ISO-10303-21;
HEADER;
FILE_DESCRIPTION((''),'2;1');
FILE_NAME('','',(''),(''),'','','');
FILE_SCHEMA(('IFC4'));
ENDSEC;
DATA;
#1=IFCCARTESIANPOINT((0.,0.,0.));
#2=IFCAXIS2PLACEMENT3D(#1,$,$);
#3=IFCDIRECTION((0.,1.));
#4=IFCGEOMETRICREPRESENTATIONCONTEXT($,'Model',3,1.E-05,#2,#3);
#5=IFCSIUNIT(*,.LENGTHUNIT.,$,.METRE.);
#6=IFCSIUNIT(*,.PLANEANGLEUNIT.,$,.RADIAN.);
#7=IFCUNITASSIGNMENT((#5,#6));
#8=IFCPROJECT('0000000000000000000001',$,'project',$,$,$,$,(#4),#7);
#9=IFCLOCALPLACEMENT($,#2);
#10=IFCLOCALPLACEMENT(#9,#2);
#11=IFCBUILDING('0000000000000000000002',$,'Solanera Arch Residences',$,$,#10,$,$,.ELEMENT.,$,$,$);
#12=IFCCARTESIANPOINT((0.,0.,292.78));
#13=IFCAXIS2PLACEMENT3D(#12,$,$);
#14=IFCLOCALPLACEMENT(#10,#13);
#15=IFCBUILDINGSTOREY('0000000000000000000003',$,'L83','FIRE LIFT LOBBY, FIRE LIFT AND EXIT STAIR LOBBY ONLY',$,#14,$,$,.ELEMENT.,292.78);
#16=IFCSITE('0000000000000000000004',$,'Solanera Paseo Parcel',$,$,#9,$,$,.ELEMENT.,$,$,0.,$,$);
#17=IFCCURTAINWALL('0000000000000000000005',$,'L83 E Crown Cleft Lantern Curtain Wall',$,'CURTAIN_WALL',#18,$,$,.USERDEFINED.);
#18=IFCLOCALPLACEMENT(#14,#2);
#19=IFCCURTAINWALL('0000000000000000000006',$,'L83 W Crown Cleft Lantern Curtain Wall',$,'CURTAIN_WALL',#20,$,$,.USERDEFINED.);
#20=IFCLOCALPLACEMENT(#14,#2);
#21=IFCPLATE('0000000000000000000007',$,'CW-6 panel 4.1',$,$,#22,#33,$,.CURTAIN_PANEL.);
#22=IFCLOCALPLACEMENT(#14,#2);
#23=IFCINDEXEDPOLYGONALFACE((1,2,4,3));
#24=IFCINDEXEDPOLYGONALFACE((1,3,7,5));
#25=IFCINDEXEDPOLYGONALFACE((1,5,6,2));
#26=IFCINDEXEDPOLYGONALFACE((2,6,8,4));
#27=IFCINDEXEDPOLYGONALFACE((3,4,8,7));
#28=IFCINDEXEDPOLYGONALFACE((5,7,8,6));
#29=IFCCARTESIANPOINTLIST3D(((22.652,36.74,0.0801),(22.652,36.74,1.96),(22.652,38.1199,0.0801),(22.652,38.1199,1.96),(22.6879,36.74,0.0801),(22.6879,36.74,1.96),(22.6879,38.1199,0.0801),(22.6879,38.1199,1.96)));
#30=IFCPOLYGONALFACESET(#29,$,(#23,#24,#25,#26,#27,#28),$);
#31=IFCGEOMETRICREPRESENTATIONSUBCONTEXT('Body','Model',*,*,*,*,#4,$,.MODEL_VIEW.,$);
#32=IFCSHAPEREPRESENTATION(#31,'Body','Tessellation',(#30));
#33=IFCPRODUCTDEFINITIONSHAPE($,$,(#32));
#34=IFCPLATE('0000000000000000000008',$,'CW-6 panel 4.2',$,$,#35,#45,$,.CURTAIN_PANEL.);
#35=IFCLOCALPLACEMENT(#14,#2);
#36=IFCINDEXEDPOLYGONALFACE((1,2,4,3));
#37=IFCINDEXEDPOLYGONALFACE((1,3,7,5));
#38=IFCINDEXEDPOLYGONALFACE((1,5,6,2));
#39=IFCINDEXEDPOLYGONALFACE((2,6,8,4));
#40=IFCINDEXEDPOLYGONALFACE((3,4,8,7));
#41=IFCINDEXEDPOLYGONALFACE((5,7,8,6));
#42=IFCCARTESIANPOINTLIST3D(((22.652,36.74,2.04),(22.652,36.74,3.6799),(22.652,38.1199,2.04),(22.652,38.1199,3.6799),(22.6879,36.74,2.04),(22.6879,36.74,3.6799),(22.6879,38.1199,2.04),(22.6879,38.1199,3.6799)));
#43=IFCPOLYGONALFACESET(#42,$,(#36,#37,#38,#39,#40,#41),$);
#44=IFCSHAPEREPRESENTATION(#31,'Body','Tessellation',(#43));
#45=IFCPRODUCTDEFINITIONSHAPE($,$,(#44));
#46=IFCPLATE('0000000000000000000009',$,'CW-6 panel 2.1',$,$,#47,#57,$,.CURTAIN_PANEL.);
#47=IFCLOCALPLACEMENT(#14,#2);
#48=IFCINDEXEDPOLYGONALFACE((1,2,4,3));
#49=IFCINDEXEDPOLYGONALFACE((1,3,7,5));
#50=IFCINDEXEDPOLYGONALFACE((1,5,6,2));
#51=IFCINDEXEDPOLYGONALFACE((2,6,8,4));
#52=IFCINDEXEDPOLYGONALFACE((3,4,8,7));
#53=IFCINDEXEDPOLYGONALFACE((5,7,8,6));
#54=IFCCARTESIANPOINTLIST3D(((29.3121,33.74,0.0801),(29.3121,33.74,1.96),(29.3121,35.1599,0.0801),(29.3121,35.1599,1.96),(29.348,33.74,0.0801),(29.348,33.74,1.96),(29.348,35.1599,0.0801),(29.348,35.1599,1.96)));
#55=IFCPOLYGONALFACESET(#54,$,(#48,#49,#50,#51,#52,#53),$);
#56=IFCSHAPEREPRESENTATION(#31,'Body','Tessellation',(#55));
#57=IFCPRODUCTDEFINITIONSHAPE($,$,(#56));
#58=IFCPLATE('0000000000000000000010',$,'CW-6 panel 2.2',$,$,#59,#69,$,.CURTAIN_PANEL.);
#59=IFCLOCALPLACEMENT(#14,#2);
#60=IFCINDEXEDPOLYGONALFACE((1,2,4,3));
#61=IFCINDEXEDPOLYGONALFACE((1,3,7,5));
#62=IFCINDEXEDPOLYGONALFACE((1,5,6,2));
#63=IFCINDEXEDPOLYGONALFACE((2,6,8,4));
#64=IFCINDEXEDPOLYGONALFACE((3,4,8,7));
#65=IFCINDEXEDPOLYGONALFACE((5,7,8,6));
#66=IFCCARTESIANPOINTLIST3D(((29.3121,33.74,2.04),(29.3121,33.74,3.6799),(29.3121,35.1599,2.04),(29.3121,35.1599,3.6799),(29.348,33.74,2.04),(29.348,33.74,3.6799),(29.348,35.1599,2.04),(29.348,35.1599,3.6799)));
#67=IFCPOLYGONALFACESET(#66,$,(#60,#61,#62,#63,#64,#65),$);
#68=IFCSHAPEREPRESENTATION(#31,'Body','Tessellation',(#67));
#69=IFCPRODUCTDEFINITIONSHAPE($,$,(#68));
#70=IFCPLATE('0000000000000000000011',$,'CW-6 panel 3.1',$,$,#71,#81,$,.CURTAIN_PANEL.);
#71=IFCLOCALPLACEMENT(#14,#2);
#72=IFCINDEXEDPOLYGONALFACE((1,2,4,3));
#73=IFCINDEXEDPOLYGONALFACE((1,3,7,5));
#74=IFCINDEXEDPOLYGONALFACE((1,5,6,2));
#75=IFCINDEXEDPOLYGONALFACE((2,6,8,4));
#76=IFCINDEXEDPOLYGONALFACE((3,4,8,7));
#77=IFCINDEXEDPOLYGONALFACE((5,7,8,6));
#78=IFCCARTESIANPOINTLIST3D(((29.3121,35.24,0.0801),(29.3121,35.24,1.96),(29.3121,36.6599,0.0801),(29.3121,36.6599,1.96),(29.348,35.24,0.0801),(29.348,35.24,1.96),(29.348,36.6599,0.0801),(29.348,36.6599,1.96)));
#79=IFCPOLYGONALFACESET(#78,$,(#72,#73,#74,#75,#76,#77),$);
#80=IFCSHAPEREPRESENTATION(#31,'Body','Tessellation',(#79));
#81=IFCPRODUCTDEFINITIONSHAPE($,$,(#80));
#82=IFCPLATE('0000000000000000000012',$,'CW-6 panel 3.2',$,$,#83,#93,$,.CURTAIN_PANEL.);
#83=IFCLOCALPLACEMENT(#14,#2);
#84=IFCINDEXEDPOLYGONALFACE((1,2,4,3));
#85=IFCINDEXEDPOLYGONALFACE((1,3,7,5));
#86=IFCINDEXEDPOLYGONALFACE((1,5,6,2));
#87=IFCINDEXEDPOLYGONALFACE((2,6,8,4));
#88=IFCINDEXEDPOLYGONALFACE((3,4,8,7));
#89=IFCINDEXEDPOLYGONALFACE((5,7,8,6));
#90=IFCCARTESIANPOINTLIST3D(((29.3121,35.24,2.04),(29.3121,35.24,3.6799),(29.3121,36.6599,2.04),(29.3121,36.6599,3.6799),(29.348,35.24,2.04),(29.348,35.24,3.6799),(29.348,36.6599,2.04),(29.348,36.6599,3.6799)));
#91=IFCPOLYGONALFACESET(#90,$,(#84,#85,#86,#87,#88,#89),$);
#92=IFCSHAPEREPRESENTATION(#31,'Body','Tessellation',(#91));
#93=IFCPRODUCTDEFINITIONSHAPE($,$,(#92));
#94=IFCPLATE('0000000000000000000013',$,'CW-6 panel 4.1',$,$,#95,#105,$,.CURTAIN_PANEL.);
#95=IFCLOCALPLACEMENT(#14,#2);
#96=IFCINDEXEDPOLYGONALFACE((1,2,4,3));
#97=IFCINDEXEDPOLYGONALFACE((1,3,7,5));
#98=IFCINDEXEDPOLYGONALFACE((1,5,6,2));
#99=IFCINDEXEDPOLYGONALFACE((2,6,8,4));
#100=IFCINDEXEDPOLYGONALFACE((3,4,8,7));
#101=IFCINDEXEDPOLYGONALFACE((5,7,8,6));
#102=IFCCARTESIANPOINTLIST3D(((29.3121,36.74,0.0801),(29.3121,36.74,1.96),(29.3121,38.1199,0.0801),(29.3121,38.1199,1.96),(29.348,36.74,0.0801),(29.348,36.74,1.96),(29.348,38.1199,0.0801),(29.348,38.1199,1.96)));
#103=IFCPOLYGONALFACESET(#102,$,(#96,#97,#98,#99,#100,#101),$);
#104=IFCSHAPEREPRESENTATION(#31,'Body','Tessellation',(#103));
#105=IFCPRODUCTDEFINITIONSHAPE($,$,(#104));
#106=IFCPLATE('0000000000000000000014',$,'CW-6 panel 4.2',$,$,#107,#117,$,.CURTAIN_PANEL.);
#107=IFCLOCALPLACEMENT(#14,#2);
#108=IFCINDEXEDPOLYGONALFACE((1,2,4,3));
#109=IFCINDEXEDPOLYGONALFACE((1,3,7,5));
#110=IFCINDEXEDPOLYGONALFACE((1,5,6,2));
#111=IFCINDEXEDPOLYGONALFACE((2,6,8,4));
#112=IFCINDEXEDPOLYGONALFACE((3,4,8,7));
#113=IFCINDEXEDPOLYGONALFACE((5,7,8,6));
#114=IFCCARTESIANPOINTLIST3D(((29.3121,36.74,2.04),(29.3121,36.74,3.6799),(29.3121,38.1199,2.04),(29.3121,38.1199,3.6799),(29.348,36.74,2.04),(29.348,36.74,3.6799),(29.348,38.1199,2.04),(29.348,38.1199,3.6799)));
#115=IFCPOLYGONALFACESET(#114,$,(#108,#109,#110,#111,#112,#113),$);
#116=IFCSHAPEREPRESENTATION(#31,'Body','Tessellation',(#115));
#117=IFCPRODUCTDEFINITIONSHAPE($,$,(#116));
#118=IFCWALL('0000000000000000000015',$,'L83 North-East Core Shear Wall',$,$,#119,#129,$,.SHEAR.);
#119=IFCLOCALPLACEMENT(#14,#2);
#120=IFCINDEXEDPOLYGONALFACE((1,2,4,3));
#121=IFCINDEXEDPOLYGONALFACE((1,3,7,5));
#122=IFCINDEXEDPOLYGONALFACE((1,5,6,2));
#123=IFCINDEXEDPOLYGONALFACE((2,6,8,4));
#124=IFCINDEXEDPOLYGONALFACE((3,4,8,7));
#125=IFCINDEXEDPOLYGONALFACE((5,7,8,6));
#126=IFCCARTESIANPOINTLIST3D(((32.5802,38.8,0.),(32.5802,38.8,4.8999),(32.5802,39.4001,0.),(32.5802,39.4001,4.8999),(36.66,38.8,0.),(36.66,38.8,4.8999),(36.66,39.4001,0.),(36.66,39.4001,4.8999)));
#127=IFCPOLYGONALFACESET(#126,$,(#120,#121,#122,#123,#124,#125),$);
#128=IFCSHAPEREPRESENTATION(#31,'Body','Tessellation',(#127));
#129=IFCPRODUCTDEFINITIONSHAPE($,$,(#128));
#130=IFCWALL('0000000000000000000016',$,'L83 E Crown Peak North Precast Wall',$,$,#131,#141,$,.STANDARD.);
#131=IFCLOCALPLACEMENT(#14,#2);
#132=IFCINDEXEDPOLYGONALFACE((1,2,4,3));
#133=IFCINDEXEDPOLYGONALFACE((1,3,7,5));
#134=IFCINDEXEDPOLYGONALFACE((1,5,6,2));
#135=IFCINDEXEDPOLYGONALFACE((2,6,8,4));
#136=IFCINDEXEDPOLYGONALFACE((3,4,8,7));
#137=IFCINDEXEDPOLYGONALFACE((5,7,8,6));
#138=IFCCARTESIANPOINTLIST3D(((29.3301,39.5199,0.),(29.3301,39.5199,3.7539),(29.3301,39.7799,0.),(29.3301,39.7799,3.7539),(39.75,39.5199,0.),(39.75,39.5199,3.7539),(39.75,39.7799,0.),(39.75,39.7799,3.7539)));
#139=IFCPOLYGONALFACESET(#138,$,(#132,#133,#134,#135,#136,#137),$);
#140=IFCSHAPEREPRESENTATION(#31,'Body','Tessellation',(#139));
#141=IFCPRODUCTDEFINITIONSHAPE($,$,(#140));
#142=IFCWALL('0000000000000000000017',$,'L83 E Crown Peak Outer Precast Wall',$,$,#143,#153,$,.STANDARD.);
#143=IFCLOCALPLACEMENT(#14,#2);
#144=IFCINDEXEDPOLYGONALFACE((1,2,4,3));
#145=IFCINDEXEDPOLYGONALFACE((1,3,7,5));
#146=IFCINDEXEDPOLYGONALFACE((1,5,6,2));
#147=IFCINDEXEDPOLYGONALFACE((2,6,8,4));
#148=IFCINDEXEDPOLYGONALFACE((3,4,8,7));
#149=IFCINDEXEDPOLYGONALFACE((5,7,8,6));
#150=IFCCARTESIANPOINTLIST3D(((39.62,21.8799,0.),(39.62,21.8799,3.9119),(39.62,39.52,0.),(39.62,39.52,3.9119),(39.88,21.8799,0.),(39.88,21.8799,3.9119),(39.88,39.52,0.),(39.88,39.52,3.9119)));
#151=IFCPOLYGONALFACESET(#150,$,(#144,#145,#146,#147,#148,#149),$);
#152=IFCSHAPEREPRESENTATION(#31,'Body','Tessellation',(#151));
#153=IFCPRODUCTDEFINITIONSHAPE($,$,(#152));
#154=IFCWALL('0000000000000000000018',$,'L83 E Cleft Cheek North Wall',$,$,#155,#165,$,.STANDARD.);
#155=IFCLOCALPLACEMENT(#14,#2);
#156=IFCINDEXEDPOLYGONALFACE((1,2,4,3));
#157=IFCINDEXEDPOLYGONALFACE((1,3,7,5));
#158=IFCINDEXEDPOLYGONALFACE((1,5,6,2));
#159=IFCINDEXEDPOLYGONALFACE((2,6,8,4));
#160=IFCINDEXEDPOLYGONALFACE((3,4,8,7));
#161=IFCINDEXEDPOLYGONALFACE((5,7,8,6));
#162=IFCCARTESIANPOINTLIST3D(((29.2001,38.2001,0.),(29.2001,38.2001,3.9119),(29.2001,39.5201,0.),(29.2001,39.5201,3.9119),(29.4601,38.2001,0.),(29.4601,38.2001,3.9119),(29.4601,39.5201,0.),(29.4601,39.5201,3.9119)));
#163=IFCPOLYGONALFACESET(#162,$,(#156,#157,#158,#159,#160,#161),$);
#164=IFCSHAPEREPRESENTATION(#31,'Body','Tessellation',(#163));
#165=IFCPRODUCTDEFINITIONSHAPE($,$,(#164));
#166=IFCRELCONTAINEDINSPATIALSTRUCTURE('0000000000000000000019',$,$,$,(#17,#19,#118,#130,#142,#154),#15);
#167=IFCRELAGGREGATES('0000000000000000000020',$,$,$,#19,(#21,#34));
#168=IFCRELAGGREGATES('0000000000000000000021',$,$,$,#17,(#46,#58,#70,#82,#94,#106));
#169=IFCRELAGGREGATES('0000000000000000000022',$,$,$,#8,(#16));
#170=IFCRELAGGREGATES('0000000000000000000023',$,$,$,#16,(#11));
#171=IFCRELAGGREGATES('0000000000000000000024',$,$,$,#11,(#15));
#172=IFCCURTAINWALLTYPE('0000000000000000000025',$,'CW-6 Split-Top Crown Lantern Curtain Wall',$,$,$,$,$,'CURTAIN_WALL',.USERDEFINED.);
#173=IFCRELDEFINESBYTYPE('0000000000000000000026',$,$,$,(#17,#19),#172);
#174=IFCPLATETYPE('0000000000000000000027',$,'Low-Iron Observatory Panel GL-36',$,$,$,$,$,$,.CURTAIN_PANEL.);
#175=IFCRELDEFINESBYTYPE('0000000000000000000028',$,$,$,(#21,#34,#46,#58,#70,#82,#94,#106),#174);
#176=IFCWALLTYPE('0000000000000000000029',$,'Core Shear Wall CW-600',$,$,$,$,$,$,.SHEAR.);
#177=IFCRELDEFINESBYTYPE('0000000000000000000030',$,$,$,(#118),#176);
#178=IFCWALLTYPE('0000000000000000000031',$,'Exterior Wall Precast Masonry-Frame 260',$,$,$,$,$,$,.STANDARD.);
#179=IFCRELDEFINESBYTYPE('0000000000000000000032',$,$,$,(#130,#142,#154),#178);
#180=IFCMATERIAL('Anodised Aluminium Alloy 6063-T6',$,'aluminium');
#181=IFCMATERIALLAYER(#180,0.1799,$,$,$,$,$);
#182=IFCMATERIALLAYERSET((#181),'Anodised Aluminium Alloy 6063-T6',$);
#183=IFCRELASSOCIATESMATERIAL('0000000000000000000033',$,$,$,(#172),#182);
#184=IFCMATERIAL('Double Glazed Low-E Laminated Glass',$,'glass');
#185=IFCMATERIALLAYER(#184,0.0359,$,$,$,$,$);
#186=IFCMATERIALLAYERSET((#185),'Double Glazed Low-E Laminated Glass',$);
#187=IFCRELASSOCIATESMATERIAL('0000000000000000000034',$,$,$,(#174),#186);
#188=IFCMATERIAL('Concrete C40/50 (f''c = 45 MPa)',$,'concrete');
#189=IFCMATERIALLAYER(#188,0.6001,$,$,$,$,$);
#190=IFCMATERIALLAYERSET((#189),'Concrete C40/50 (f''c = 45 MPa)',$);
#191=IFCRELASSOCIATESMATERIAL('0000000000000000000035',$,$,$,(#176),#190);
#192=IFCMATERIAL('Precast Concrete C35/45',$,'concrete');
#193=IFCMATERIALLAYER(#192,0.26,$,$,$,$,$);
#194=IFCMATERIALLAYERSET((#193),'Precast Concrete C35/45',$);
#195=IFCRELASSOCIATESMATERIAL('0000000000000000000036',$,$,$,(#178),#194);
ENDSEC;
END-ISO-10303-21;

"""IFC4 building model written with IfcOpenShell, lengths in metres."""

from ifc_helpers import new_model, si_unit, direction, frame, frame_2d, origin, origin_2d, place, context, subcontext, project, spatial, rectangle, extrude, material, layer, layer_set, type_object, element, aggregate, save


model = new_model("IFC4")

# Units and contexts
model_context = context("Model", 3, precision=1e-05, world=origin(), true_north=direction((0.0, 1.0)))
body_context = subcontext(model_context, "Body", "Model", "MODEL_VIEW")
ifc_project = project(units=[si_unit("LENGTHUNIT", "METRE"), si_unit("PLANEANGLEUNIT", "RADIAN")], contexts=[model_context])

# Site, building, storey
site_placement = place(None, origin())
site = spatial("IfcSite", under=ifc_project, at=site_placement, Name="Solanera Paseo Parcel", CompositionType="ELEMENT", RefElevation=0.0)
building_placement = place(site_placement, origin())
building = spatial("IfcBuilding", under=site, at=building_placement, Name="Solanera Arch Residences", CompositionType="ELEMENT")
storey_placement = place(building_placement, frame((0.0, 0.0, 292.78)))
storey = spatial("IfcBuildingStorey", under=building, at=storey_placement, Name="L83", Description="FIRE LIFT LOBBY, FIRE LIFT AND EXIT STAIR LOBBY ONLY", CompositionType="ELEMENT", Elevation=292.78)

# Curtain walls
ifc_material_1 = material(Name="Anodised Aluminium Alloy 6063-T6", Category="aluminium")
ifc_layer_1 = layer(ifc_material_1, 0.1799)
ifc_layer_set_1 = layer_set([ifc_layer_1], Name="Anodised Aluminium Alloy 6063-T6")
curtain_wall_type = type_object("IfcCurtainWallType", Name="CW-6 Split-Top Crown Lantern Curtain Wall", ElementType="CURTAIN_WALL", PredefinedType="USERDEFINED", material=ifc_layer_set_1)
curtain_wall_1_placement = place(storey_placement, origin())
curtain_wall_1 = element("IfcCurtainWall", 1, at=curtain_wall_1_placement, inside=storey, type_object=curtain_wall_type, Name="L83 E Crown Cleft Lantern Curtain Wall", ObjectType="CURTAIN_WALL", PredefinedType="USERDEFINED")
curtain_wall_2_placement = place(storey_placement, origin())
curtain_wall_2 = element("IfcCurtainWall", 2, at=curtain_wall_2_placement, inside=storey, type_object=curtain_wall_type, Name="L83 W Crown Cleft Lantern Curtain Wall", ObjectType="CURTAIN_WALL", PredefinedType="USERDEFINED")

# Plates
ifc_material_2 = material(Name="Double Glazed Low-E Laminated Glass", Category="glass")
ifc_layer_2 = layer(ifc_material_2, 0.0359)
ifc_layer_set_2 = layer_set([ifc_layer_2], Name="Double Glazed Low-E Laminated Glass")
plate_type = type_object("IfcPlateType", Name="Low-Iron Observatory Panel GL-36", PredefinedType="CURTAIN_PANEL", material=ifc_layer_set_2)
plate_1_placement = place(storey_placement, frame((22.6699, 37.4299, 0.0801), z_axis=(0.0, 0.0, 1.0), x_axis=(0.0, 1.0, 0.0)))
plate_1 = element("IfcPlate", 3, at=plate_1_placement, type_object=plate_type, Name="CW-6 panel 4.1", PredefinedType="CURTAIN_PANEL", context=body_context, shape_type="SweptSolid", body=[
    extrude(rectangle(XDim=1.3799, YDim=0.0359, at=origin_2d()), origin(), (0.0, 0.0, 1.0), 1.8799),
])
plate_2_placement = place(storey_placement, frame((22.6699, 37.4299, 2.04), z_axis=(0.0, 0.0, 1.0), x_axis=(0.0, 1.0, 0.0)))
plate_2 = element("IfcPlate", 4, at=plate_2_placement, type_object=plate_type, Name="CW-6 panel 4.2", PredefinedType="CURTAIN_PANEL", context=body_context, shape_type="SweptSolid", body=[
    extrude(rectangle(XDim=1.3799, YDim=0.0359, at=origin_2d()), origin(), (0.0, 0.0, 1.0), 1.6399),
])
aggregate(curtain_wall_2, [plate_1, plate_2])
plate_3_placement = place(storey_placement, frame((29.3301, 34.45, 0.0801), z_axis=(0.0, 0.0, 1.0), x_axis=(0.0, 1.0, 0.0)))
plate_3 = element("IfcPlate", 5, at=plate_3_placement, type_object=plate_type, Name="CW-6 panel 2.1", PredefinedType="CURTAIN_PANEL", context=body_context, shape_type="SweptSolid", body=[
    extrude(rectangle(XDim=1.4199, YDim=0.0359, at=origin_2d()), origin(), (0.0, 0.0, 1.0), 1.8799),
])
plate_4_placement = place(storey_placement, frame((29.3301, 34.45, 2.04), z_axis=(0.0, 0.0, 1.0), x_axis=(0.0, 1.0, 0.0)))
plate_4 = element("IfcPlate", 6, at=plate_4_placement, type_object=plate_type, Name="CW-6 panel 2.2", PredefinedType="CURTAIN_PANEL", context=body_context, shape_type="SweptSolid", body=[
    extrude(rectangle(XDim=1.4199, YDim=0.0359, at=origin_2d()), origin(), (0.0, 0.0, 1.0), 1.6399),
])
plate_5_placement = place(storey_placement, frame((29.3301, 35.95, 0.0801), z_axis=(0.0, 0.0, 1.0), x_axis=(0.0, 1.0, 0.0)))
plate_5 = element("IfcPlate", 7, at=plate_5_placement, type_object=plate_type, Name="CW-6 panel 3.1", PredefinedType="CURTAIN_PANEL", context=body_context, shape_type="SweptSolid", body=[
    extrude(rectangle(XDim=1.4199, YDim=0.0359, at=origin_2d()), origin(), (0.0, 0.0, 1.0), 1.8799),
])
plate_6_placement = place(storey_placement, frame((29.3301, 35.95, 2.04), z_axis=(0.0, 0.0, 1.0), x_axis=(0.0, 1.0, 0.0)))
plate_6 = element("IfcPlate", 8, at=plate_6_placement, type_object=plate_type, Name="CW-6 panel 3.2", PredefinedType="CURTAIN_PANEL", context=body_context, shape_type="SweptSolid", body=[
    extrude(rectangle(XDim=1.4199, YDim=0.0359, at=origin_2d()), origin(), (0.0, 0.0, 1.0), 1.6399),
])
plate_7_placement = place(storey_placement, frame((29.3301, 37.4299, 0.0801), z_axis=(0.0, 0.0, 1.0), x_axis=(0.0, 1.0, 0.0)))
plate_7 = element("IfcPlate", 9, at=plate_7_placement, type_object=plate_type, Name="CW-6 panel 4.1", PredefinedType="CURTAIN_PANEL", context=body_context, shape_type="SweptSolid", body=[
    extrude(rectangle(XDim=1.3799, YDim=0.0359, at=origin_2d()), origin(), (0.0, 0.0, 1.0), 1.8799),
])
plate_8_placement = place(storey_placement, frame((29.3301, 37.4299, 2.04), z_axis=(0.0, 0.0, 1.0), x_axis=(0.0, 1.0, 0.0)))
plate_8 = element("IfcPlate", 10, at=plate_8_placement, type_object=plate_type, Name="CW-6 panel 4.2", PredefinedType="CURTAIN_PANEL", context=body_context, shape_type="SweptSolid", body=[
    extrude(rectangle(XDim=1.3799, YDim=0.0359, at=origin_2d()), origin(), (0.0, 0.0, 1.0), 1.6399),
])
aggregate(curtain_wall_1, [plate_3, plate_4, plate_5, plate_6, plate_7, plate_8])

# Walls
ifc_material_3 = material(Name="Concrete C40/50 (f'c = 45 MPa)", Category="concrete")
ifc_layer_3 = layer(ifc_material_3, 0.6001)
ifc_layer_set_3 = layer_set([ifc_layer_3], Name="Concrete C40/50 (f'c = 45 MPa)")
wall_type_1 = type_object("IfcWallType", Name="Core Shear Wall CW-600", PredefinedType="SHEAR", material=ifc_layer_set_3)
wall_1_placement = place(storey_placement, frame((32.5801, 39.1001, 0.0), z_axis=(0.0, 0.0, 1.0), x_axis=(1.0, 0.0, 0.0)))
element("IfcWall", 11, at=wall_1_placement, inside=storey, type_object=wall_type_1, Name="L83 North-East Core Shear Wall", PredefinedType="SHEAR", context=body_context, shape_type="SweptSolid", body=[
    extrude(rectangle(XDim=4.0798, YDim=0.6001, at=frame_2d((2.04, 0.0))), origin(), (0.0, 0.0, 1.0), 4.8999),
])
ifc_material_4 = material(Name="Precast Concrete C35/45", Category="concrete")
ifc_layer_4 = layer(ifc_material_4, 0.26)
ifc_layer_set_4 = layer_set([ifc_layer_4], Name="Precast Concrete C35/45")
wall_type_2 = type_object("IfcWallType", Name="Exterior Wall Precast Masonry-Frame 260", PredefinedType="STANDARD", material=ifc_layer_set_4)
wall_2_placement = place(storey_placement, frame((29.3301, 39.6499, 0.0), z_axis=(0.0, 0.0, 1.0), x_axis=(1.0, 0.0, 0.0)))
element("IfcWall", 12, at=wall_2_placement, inside=storey, type_object=wall_type_2, Name="L83 E Crown Peak North Precast Wall", PredefinedType="STANDARD", context=body_context, shape_type="SweptSolid", body=[
    extrude(rectangle(XDim=10.4199, YDim=0.26, at=frame_2d((5.21, 0.0))), origin(), (0.0, 0.0, 1.0), 3.7539),
])
wall_3_placement = place(storey_placement, frame((39.75, 39.52, 0.0), z_axis=(0.0, 0.0, 1.0), x_axis=(0.0, -1.0, 0.0)))
element("IfcWall", 13, at=wall_3_placement, inside=storey, type_object=wall_type_2, Name="L83 E Crown Peak Outer Precast Wall", PredefinedType="STANDARD", context=body_context, shape_type="SweptSolid", body=[
    extrude(rectangle(XDim=17.6401, YDim=0.26, at=frame_2d((8.8201, 0.0))), origin(), (0.0, 0.0, 1.0), 3.9119),
])
wall_4_placement = place(storey_placement, frame((29.3301, 38.2, 0.0), z_axis=(0.0, 0.0, 1.0), x_axis=(0.0, 1.0, 0.0)))
element("IfcWall", 14, at=wall_4_placement, inside=storey, type_object=wall_type_2, Name="L83 E Cleft Cheek North Wall", PredefinedType="STANDARD", context=body_context, shape_type="SweptSolid", body=[
    extrude(rectangle(XDim=1.3201, YDim=0.26, at=frame_2d((0.6602, 0.0))), origin(), (0.0, 0.0, 1.0), 3.9119),
])

save(model, "model.ifc")
